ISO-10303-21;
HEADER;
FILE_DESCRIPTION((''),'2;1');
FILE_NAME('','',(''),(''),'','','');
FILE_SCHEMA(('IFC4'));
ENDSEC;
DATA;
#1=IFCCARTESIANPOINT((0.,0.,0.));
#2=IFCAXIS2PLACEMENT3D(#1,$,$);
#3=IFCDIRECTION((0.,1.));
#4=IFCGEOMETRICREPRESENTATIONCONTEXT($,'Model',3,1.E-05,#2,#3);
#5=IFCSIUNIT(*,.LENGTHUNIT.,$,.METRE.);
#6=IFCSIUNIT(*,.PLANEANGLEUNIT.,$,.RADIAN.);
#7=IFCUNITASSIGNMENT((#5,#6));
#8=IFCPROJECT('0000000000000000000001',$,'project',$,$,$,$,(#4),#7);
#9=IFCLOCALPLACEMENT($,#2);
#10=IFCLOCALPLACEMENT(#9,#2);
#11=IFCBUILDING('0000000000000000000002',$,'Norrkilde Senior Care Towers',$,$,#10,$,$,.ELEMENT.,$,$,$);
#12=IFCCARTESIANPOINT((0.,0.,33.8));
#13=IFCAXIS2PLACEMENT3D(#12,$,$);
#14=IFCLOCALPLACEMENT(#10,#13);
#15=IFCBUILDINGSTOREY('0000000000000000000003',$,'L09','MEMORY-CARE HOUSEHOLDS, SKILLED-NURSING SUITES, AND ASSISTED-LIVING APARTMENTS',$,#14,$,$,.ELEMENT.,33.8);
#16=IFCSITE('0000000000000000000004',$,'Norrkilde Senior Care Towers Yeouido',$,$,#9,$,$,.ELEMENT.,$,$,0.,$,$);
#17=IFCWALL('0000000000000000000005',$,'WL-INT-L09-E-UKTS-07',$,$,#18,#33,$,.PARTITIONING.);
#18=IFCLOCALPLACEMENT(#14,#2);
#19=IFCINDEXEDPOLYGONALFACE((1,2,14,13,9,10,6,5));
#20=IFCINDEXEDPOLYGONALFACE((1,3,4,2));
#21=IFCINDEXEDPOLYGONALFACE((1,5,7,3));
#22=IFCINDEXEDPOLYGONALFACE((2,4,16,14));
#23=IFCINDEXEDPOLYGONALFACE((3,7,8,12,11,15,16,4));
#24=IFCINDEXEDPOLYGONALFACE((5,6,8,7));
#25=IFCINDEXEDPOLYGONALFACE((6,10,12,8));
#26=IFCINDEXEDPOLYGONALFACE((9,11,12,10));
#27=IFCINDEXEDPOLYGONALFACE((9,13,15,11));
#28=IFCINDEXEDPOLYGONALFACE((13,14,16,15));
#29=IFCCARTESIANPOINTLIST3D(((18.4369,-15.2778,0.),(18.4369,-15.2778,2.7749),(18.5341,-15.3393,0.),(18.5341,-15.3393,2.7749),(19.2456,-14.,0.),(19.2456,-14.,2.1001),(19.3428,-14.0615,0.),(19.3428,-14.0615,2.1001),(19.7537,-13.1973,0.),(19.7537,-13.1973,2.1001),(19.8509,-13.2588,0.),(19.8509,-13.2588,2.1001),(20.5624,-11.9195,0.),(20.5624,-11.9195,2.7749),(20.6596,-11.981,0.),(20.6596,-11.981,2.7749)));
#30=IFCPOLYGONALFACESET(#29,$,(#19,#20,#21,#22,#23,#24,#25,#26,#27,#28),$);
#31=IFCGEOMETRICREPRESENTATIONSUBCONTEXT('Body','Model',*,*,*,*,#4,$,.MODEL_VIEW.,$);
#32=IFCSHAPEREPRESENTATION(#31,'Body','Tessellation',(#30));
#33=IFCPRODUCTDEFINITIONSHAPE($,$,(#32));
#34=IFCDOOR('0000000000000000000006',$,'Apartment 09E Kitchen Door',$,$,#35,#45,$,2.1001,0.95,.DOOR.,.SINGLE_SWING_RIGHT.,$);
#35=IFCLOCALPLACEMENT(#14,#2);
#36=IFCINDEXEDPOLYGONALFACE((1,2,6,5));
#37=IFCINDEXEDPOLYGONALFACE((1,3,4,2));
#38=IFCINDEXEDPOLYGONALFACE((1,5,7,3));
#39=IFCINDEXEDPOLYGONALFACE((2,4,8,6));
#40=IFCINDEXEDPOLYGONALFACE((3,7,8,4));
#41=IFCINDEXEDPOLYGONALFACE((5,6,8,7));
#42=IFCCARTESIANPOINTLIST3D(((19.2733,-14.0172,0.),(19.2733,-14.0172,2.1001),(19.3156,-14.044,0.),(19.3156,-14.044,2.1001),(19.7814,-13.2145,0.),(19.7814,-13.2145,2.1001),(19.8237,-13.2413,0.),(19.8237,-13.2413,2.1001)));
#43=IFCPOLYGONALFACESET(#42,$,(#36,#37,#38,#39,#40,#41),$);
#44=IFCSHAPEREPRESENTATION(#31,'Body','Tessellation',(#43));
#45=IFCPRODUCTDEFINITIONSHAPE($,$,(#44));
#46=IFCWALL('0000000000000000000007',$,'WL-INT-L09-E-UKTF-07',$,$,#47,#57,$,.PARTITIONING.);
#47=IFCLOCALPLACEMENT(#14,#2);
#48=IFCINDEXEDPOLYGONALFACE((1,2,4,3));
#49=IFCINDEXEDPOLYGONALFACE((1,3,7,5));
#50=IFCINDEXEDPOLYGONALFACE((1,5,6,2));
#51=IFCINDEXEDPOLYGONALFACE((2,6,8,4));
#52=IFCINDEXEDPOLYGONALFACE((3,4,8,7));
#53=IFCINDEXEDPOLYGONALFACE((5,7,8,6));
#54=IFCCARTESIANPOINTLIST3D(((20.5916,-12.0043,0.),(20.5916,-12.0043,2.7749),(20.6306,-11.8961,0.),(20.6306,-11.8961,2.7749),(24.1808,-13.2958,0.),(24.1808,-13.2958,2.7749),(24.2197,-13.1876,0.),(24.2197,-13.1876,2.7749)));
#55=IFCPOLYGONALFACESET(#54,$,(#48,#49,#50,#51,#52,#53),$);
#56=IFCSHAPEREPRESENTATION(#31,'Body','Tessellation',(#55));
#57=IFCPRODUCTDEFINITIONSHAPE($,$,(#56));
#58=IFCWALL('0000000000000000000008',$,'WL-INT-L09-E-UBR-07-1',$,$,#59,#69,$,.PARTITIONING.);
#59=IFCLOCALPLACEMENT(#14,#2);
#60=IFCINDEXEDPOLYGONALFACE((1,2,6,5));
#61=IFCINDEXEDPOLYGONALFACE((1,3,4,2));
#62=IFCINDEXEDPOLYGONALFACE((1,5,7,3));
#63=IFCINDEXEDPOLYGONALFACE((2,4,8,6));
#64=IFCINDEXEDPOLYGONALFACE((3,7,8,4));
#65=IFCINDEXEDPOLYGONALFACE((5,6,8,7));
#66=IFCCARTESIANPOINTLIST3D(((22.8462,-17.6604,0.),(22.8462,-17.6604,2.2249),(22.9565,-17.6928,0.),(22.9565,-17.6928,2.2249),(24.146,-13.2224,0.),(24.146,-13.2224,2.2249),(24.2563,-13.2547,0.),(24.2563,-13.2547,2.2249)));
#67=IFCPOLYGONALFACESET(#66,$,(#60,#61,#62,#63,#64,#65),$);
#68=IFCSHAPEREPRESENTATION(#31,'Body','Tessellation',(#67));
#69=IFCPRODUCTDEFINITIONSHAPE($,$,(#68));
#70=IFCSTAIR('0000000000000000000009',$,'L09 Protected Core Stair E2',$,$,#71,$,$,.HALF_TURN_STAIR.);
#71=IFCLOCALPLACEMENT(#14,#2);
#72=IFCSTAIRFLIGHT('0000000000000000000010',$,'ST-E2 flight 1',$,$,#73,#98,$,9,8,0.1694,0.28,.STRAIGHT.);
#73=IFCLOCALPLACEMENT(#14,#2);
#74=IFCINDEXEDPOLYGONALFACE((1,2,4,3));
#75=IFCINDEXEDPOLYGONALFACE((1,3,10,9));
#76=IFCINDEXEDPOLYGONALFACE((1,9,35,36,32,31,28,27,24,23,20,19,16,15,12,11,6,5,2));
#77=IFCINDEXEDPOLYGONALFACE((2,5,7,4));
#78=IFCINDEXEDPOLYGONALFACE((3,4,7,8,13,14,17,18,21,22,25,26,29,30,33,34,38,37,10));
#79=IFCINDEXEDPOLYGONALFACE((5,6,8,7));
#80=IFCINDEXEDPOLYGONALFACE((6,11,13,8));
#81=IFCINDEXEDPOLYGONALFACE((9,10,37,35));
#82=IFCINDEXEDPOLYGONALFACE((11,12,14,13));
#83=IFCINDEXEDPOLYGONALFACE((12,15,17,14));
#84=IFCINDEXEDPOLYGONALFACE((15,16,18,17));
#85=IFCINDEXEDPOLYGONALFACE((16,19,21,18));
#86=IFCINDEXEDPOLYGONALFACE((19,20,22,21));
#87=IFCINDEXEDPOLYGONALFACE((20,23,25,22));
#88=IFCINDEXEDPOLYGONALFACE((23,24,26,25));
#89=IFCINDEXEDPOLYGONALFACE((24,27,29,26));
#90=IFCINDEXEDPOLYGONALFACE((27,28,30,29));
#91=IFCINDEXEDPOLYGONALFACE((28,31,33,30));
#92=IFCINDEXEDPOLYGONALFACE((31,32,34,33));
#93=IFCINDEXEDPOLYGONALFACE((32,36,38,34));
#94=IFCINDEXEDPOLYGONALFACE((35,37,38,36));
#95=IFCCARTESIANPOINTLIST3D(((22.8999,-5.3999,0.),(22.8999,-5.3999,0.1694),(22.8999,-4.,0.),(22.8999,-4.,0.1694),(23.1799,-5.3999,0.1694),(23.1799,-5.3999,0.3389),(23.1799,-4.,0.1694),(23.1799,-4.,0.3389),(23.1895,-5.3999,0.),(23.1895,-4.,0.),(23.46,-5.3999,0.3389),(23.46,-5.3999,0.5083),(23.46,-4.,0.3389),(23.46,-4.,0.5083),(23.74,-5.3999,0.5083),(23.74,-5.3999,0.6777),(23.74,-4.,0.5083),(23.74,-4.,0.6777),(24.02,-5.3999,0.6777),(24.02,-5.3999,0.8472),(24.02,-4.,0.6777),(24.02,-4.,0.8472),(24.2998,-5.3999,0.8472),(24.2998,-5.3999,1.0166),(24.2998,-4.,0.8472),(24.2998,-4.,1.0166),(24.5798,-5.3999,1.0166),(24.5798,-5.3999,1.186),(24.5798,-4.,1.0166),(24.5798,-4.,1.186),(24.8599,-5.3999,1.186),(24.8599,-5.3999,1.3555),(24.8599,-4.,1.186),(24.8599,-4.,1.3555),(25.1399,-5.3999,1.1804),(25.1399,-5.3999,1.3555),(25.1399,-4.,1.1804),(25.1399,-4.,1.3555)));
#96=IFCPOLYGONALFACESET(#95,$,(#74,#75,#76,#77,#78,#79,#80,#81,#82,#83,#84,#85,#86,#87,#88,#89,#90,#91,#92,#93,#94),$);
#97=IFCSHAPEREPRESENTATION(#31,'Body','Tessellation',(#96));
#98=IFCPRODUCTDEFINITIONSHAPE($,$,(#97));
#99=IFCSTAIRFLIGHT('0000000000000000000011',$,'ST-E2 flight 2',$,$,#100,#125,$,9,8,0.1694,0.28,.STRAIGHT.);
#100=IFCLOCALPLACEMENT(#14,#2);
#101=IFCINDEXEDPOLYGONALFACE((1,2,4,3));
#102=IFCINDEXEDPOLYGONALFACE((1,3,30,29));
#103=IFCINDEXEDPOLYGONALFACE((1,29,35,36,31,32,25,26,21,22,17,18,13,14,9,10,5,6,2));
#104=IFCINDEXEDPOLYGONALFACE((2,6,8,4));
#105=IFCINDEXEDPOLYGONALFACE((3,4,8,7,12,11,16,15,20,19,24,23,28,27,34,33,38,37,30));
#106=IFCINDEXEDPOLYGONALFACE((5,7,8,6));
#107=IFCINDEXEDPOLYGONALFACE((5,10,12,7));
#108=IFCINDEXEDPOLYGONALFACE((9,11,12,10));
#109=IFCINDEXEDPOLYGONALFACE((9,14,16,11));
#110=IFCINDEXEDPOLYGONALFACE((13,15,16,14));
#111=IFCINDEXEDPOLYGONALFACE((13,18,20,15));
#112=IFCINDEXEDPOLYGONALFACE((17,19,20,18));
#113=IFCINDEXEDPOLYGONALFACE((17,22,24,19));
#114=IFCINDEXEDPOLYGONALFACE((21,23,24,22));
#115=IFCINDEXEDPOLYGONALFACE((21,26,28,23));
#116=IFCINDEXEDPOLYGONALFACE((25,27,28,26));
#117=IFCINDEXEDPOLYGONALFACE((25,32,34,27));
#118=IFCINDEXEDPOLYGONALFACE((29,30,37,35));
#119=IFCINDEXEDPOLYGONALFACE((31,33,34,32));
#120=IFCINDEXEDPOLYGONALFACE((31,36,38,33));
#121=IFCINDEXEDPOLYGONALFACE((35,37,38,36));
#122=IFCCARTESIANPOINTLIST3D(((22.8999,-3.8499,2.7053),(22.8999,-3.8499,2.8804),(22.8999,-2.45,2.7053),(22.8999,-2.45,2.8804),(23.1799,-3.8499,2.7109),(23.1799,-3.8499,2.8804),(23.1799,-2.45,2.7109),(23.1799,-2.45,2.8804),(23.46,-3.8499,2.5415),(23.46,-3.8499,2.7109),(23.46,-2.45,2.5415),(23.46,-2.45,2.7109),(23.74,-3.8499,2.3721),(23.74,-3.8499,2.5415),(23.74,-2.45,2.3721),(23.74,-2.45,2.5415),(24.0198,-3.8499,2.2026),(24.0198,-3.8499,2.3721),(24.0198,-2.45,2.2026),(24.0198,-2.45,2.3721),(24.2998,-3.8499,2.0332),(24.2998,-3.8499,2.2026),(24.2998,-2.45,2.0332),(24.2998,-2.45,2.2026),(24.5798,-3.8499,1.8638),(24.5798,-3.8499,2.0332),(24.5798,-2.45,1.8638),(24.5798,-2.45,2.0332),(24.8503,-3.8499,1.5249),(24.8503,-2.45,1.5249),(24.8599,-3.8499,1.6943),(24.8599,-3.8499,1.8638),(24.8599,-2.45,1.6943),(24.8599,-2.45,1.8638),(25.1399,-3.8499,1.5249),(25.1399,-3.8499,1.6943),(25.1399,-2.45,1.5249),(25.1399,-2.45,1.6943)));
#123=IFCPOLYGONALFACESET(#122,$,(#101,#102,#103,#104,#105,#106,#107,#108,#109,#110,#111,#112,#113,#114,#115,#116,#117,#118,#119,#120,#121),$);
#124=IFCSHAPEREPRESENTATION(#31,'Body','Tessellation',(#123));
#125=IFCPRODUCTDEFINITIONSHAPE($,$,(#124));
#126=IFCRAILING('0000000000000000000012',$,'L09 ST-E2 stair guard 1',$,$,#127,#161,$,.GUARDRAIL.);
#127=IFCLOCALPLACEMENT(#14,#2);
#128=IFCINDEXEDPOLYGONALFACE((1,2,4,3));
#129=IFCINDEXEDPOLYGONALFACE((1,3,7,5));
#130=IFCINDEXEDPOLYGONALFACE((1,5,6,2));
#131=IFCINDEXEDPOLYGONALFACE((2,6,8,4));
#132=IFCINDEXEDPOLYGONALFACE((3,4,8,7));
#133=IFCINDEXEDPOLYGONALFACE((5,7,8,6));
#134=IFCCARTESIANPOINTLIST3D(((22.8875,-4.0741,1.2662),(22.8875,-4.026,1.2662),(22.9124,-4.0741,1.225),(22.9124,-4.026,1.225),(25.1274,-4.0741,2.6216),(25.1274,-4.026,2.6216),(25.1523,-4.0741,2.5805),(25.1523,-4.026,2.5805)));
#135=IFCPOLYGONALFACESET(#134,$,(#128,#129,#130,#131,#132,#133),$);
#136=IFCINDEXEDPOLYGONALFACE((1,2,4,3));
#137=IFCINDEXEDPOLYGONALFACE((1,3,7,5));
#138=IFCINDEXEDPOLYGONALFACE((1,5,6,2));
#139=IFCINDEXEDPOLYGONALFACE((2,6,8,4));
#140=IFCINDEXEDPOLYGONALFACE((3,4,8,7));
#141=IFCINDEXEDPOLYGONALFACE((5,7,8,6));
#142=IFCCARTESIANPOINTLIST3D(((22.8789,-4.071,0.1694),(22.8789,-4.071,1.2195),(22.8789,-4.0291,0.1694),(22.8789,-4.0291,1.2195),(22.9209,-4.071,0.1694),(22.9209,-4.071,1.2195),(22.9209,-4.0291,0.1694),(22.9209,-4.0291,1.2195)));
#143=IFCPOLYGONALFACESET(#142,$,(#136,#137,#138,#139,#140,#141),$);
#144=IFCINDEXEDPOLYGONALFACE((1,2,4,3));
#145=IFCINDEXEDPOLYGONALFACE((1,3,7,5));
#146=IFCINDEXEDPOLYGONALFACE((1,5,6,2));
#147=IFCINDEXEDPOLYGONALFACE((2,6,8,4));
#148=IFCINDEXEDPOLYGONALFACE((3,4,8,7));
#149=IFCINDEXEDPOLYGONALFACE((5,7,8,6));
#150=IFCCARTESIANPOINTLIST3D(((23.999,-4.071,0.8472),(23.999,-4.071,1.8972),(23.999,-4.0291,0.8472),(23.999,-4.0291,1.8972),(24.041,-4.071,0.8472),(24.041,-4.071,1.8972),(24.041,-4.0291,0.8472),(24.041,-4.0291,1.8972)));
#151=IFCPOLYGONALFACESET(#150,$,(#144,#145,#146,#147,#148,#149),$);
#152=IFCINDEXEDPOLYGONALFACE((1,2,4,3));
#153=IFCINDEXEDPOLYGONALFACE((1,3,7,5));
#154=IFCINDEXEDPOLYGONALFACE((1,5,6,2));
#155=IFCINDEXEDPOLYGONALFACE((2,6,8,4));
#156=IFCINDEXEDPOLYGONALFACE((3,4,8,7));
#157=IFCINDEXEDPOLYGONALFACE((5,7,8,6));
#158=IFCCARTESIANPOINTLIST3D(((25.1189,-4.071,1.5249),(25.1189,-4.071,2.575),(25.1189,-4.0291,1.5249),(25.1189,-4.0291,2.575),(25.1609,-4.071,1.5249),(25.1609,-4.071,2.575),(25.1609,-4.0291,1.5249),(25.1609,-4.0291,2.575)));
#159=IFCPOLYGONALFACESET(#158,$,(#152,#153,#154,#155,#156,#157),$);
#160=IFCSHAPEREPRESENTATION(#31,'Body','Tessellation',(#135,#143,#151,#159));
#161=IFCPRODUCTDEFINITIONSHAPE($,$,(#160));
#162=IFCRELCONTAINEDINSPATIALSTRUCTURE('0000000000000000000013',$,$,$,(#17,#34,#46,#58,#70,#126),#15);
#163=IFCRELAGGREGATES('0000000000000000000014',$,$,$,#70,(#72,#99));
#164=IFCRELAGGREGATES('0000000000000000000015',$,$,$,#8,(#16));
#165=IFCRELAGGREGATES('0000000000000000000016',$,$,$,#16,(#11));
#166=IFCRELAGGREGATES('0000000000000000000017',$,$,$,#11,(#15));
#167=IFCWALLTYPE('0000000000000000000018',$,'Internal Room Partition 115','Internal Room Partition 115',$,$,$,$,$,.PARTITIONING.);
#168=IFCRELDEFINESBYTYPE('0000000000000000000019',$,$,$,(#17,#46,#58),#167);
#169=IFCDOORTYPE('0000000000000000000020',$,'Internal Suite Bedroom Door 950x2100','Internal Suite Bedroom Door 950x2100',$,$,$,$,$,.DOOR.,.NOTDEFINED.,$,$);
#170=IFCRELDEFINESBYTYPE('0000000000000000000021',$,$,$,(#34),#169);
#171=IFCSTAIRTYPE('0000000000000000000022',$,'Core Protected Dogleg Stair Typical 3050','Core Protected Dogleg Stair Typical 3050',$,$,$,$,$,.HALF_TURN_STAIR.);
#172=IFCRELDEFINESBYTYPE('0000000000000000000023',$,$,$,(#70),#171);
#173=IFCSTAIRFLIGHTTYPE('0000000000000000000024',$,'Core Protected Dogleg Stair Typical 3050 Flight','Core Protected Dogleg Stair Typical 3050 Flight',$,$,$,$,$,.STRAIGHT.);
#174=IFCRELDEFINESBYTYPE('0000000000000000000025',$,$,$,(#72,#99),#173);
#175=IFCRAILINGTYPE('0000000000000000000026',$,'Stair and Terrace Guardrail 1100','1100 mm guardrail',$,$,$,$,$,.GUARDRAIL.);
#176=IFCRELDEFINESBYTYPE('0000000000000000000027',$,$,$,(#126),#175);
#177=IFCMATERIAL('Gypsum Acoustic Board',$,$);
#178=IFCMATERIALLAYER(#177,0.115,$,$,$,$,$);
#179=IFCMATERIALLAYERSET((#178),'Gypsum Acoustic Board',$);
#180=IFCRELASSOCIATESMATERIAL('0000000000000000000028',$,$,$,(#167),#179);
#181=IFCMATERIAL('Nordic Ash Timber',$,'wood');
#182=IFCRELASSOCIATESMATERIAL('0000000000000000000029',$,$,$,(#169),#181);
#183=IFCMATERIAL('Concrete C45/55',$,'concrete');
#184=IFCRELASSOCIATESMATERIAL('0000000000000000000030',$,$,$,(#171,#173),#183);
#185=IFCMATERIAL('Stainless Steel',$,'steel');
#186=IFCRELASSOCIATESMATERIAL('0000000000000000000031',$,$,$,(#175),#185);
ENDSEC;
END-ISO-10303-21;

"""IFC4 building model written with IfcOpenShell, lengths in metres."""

from ifc_helpers import new_model, si_unit, direction, frame, frame_2d, origin, origin_2d, place, context, subcontext, project, spatial, polyline, rectangle, outline, extrude, source, transform, mapped, material, layer, layer_set, type_object, type_shapes, element, fill, aggregate, save


model = new_model("IFC4")

# Units and contexts
model_context = context("Model", 3, precision=1e-05, world=origin(), true_north=direction((0.0, 1.0)))
body_context = subcontext(model_context, "Body", "Model", "MODEL_VIEW")
ifc_project = project(units=[si_unit("LENGTHUNIT", "METRE"), si_unit("PLANEANGLEUNIT", "RADIAN")], contexts=[model_context])

# Site, building, storey
site_placement = place(None, origin())
site = spatial("IfcSite", under=ifc_project, at=site_placement, Name="Norrkilde Senior Care Towers Yeouido", CompositionType="ELEMENT", RefElevation=0.0)
building_placement = place(site_placement, origin())
building = spatial("IfcBuilding", under=site, at=building_placement, Name="Norrkilde Senior Care Towers", CompositionType="ELEMENT")
storey_placement = place(building_placement, frame((0.0, 0.0, 33.8)))
storey = spatial("IfcBuildingStorey", under=building, at=storey_placement, Name="L09", Description="MEMORY-CARE HOUSEHOLDS, SKILLED-NURSING SUITES, AND ASSISTED-LIVING APARTMENTS", CompositionType="ELEMENT", Elevation=33.8)

# Shared definitions
ifc_material_1 = material(Name="Gypsum Acoustic Board")
ifc_layer_1 = layer(ifc_material_1, 0.115)
ifc_layer_set_1 = layer_set([ifc_layer_1], Name="Gypsum Acoustic Board")
wall_type_1 = type_object("IfcWallType", Name="Internal Room Partition 115", Description="Internal Room Partition 115", PredefinedType="PARTITIONING", material=ifc_layer_set_1)
ifc_material_2 = material(Name="Nordic Ash Timber", Category="wood")
door_type_1 = type_object("IfcDoorType", Name="Internal Suite Bedroom Door 950x2100", Description="Internal Suite Bedroom Door 950x2100", OperationType="NOTDEFINED", PredefinedType="DOOR", material=ifc_material_2)
shared_shape_1 = source(origin(), body_context, "Body", "SweptSolid", [
    extrude(rectangle(XDim=0.95, YDim=2.1001, at=frame_2d((0.4751, 1.05))), frame((0.0, 0.0249, 0.0), z_axis=(0.0, -1.0, 0.0), x_axis=(1.0, 0.0, 0.0)), (0.0, 0.0, 1.0), 0.05),
])
type_shapes(door_type_1, [shared_shape_1])

# Shared definitions
ifc_material_3 = material(Name="Concrete C45/55", Category="concrete")

# Wall, opening, door
shared_shape_2 = source(origin(), body_context, "Body", "SweptSolid", [
    extrude(rectangle(XDim=3.9744, YDim=0.115, at=frame_2d((1.9873, 0.0))), origin(), (0.0, 0.0, 1.0), 2.7749),
])
wall_1_placement = place(storey_placement, frame((20.6111, -11.9502, 0.0), z_axis=(0.0, 0.0, 1.0), x_axis=(-0.534811, -0.844972, 0.0)))
wall_1 = element("IfcWall", 1, at=wall_1_placement, inside=storey, type_object=wall_type_1, Name="WL-INT-L09-E-UKTS-07", PredefinedType="PARTITIONING", context=body_context, shape_type="MappedRepresentation", body=[
    mapped(shared_shape_2, transform((0.0, 0.0, 0.0), x_axis=(1.0, 0.0, 0.0), y_axis=(0.0, 1.0, 0.0), z_axis=(0.0, 0.0, 1.0), scale=1.0)),
])
opening_1_placement = place(wall_1_placement, frame((1.5122, 0.0, 0.0)))
opening_1 = element("IfcOpeningElement", 2, at=opening_1_placement, cuts=wall_1, PredefinedType="OPENING", context=body_context, shape_type="SweptSolid", body=[
    extrude(rectangle(XDim=0.95, YDim=2.1001, at=frame_2d((0.4751, 1.05))), frame((0.0, 0.0674, 0.0), z_axis=(0.0, -1.0, 0.0), x_axis=(1.0, 0.0, 0.0)), (0.0, 0.0, 1.0), 0.135),
])
door_1_placement = place(opening_1_placement, frame((0.95, 0.0, 0.0), z_axis=(0.0, 0.0, 1.0), x_axis=(-1.0, 0.0, 0.0)))
door_1 = element("IfcDoor", 3, at=door_1_placement, inside=storey, type_object=door_type_1, Name="Apartment 09E Kitchen Door", OperationType="SINGLE_SWING_RIGHT", OverallHeight=2.1001, OverallWidth=0.95, PredefinedType="DOOR", context=body_context, shape_type="MappedRepresentation", body=[
    mapped(shared_shape_1, transform((0.0, 0.0, 0.0), x_axis=(1.0, 0.0, 0.0), y_axis=(0.0, 1.0, 0.0), z_axis=(0.0, 0.0, 1.0), scale=1.0)),
])
fill(opening_1, door_1)

# Walls
shared_shape_3 = source(origin(), body_context, "Body", "SweptSolid", [
    extrude(rectangle(XDim=3.8145, YDim=0.115, at=frame_2d((1.9072, 0.0))), origin(), (0.0, 0.0, 1.0), 2.7749),
])
wall_2_placement = place(storey_placement, frame((20.6111, -11.9502, 0.0), z_axis=(0.0, 0.0, 1.0), x_axis=(0.940936, -0.338586, 0.0)))
element("IfcWall", 4, at=wall_2_placement, inside=storey, type_object=wall_type_1, Name="WL-INT-L09-E-UKTF-07", PredefinedType="PARTITIONING", context=body_context, shape_type="MappedRepresentation", body=[
    mapped(shared_shape_3, transform((0.0, 0.0, 0.0), x_axis=(1.0, 0.0, 0.0), y_axis=(0.0, 1.0, 0.0), z_axis=(0.0, 0.0, 1.0), scale=1.0)),
])
shared_shape_4 = source(origin(), body_context, "Body", "SweptSolid", [
    extrude(rectangle(XDim=4.6245, YDim=0.115, at=frame_2d((2.3123, 0.0))), origin(), (0.0, 0.0, 1.0), 2.2249),
])
wall_3_placement = place(storey_placement, frame((24.2012, -13.2385, 0.0), z_axis=(0.0, 0.0, 1.0), x_axis=(-0.281074, -0.959686, 0.0)))
element("IfcWall", 5, at=wall_3_placement, inside=storey, type_object=wall_type_1, Name="WL-INT-L09-E-UBR-07-1", PredefinedType="PARTITIONING", context=body_context, shape_type="MappedRepresentation", body=[
    mapped(shared_shape_4, transform((0.0, 0.0, 0.0), x_axis=(1.0, 0.0, 0.0), y_axis=(0.0, 1.0, 0.0), z_axis=(0.0, 0.0, 1.0), scale=1.0)),
])

# Stair, stair flights
stair_type = type_object("IfcStairType", Name="Core Protected Dogleg Stair Typical 3050", Description="Core Protected Dogleg Stair Typical 3050", PredefinedType="HALF_TURN_STAIR", material=ifc_material_3)
stair_placement = place(storey_placement, origin())
stair = element("IfcStair", 6, at=stair_placement, inside=storey, type_object=stair_type, Name="L09 Protected Core Stair E2", PredefinedType="HALF_TURN_STAIR")
stair_flight_type = type_object("IfcStairFlightType", Name="Core Protected Dogleg Stair Typical 3050 Flight", Description="Core Protected Dogleg Stair Typical 3050 Flight", PredefinedType="STRAIGHT", material=ifc_material_3)
stair_flight_1_placement = place(storey_placement, frame((22.8999, -4.7, 0.0), z_axis=(0.0, 0.0, 1.0), x_axis=(1.0, 0.0, 0.0)))
stair_flight_1 = element("IfcStairFlight", 7, at=stair_flight_1_placement, type_object=stair_flight_type, Name="ST-E2 flight 1", NumberOfRisers=9, NumberOfTreads=8, PredefinedType="STRAIGHT", RiserHeight=0.1694, TreadLength=0.28, context=body_context, shape_type="SweptSolid", body=[
    extrude(outline(polyline([(0.0, 0.0), (0.0, 0.1694), (0.28, 0.1694), (0.28, 0.3389), (0.5601, 0.3389), (0.5601, 0.5083), (0.8401, 0.5083), (0.8401, 0.6777), (1.1201, 0.6777), (1.1201, 0.8472), (1.3999, 0.8472), (1.3999, 1.0166), (1.6799, 1.0166), (1.6799, 1.186), (1.96, 1.186), (1.96, 1.3555), (2.24, 1.3555), (2.24, 1.5249), (2.24, 1.1804), (0.2896, 0.0), (0.0, 0.0)])), frame((0.0, 0.7, 0.0), z_axis=(0.0, -1.0, 0.0), x_axis=(1.0, 0.0, 0.0)), (0.0, 0.0, 1.0), 1.3999),
])
stair_flight_2_placement = place(storey_placement, frame((25.1399, -3.1499, 1.5249), z_axis=(0.0, 0.0, 1.0), x_axis=(-1.0, 0.0, 0.0)))
stair_flight_2 = element("IfcStairFlight", 8, at=stair_flight_2_placement, type_object=stair_flight_type, Name="ST-E2 flight 2", NumberOfRisers=9, NumberOfTreads=8, PredefinedType="STRAIGHT", RiserHeight=0.1694, TreadLength=0.28, context=body_context, shape_type="SweptSolid", body=[
    extrude(outline(polyline([(0.0, 0.0), (0.0, 0.1694), (0.28, 0.1694), (0.28, 0.3389), (0.5601, 0.3389), (0.5601, 0.5083), (0.8401, 0.5083), (0.8401, 0.6777), (1.1201, 0.6777), (1.1201, 0.8472), (1.3999, 0.8472), (1.3999, 1.0166), (1.6799, 1.0166), (1.6799, 1.186), (1.96, 1.186), (1.96, 1.3555), (2.24, 1.3555), (2.24, 1.5249), (2.24, 1.1804), (0.2896, 0.0), (0.0, 0.0)])), frame((0.0, 0.7, 0.0), z_axis=(0.0, -1.0, 0.0), x_axis=(1.0, 0.0, 0.0)), (0.0, 0.0, 1.0), 1.3999),
])
aggregate(stair, [stair_flight_1, stair_flight_2])

# Railing
ifc_material_4 = material(Name="Stainless Steel", Category="steel")
railing_type_1 = type_object("IfcRailingType", Name="Stair and Terrace Guardrail 1100", Description="1100 mm guardrail", PredefinedType="GUARDRAIL", material=ifc_material_4)
railing_1_placement = place(storey_placement, frame((22.8999, -4.05, 0.1694)))
element("IfcRailing", 9, at=railing_1_placement, inside=storey, type_object=railing_type_1, Name="L09 ST-E2 stair guard 1", PredefinedType="GUARDRAIL", context=body_context, shape_type="SweptSolid", body=[
    extrude(rectangle(XDim=0.0481, YDim=0.0481, at=origin_2d()), frame((0.0, 0.0, 1.0762), z_axis=(0.855553, 0.0, 0.517715), x_axis=(0.0, 1.0, 0.0)), (0.0, 0.0, 1.0), 2.6182),
    extrude(rectangle(XDim=0.042, YDim=0.042, at=origin_2d()), origin(), (0.0, 0.0, 1.0), 1.05),
    extrude(rectangle(XDim=0.042, YDim=0.042, at=origin_2d()), frame((1.1201, 0.0, 0.6777)), (0.0, 0.0, 1.0), 1.05),
    extrude(rectangle(XDim=0.042, YDim=0.042, at=origin_2d()), frame((2.24, 0.0, 1.3555)), (0.0, 0.0, 1.0), 1.05),
])

save(model, "model.ifc")
